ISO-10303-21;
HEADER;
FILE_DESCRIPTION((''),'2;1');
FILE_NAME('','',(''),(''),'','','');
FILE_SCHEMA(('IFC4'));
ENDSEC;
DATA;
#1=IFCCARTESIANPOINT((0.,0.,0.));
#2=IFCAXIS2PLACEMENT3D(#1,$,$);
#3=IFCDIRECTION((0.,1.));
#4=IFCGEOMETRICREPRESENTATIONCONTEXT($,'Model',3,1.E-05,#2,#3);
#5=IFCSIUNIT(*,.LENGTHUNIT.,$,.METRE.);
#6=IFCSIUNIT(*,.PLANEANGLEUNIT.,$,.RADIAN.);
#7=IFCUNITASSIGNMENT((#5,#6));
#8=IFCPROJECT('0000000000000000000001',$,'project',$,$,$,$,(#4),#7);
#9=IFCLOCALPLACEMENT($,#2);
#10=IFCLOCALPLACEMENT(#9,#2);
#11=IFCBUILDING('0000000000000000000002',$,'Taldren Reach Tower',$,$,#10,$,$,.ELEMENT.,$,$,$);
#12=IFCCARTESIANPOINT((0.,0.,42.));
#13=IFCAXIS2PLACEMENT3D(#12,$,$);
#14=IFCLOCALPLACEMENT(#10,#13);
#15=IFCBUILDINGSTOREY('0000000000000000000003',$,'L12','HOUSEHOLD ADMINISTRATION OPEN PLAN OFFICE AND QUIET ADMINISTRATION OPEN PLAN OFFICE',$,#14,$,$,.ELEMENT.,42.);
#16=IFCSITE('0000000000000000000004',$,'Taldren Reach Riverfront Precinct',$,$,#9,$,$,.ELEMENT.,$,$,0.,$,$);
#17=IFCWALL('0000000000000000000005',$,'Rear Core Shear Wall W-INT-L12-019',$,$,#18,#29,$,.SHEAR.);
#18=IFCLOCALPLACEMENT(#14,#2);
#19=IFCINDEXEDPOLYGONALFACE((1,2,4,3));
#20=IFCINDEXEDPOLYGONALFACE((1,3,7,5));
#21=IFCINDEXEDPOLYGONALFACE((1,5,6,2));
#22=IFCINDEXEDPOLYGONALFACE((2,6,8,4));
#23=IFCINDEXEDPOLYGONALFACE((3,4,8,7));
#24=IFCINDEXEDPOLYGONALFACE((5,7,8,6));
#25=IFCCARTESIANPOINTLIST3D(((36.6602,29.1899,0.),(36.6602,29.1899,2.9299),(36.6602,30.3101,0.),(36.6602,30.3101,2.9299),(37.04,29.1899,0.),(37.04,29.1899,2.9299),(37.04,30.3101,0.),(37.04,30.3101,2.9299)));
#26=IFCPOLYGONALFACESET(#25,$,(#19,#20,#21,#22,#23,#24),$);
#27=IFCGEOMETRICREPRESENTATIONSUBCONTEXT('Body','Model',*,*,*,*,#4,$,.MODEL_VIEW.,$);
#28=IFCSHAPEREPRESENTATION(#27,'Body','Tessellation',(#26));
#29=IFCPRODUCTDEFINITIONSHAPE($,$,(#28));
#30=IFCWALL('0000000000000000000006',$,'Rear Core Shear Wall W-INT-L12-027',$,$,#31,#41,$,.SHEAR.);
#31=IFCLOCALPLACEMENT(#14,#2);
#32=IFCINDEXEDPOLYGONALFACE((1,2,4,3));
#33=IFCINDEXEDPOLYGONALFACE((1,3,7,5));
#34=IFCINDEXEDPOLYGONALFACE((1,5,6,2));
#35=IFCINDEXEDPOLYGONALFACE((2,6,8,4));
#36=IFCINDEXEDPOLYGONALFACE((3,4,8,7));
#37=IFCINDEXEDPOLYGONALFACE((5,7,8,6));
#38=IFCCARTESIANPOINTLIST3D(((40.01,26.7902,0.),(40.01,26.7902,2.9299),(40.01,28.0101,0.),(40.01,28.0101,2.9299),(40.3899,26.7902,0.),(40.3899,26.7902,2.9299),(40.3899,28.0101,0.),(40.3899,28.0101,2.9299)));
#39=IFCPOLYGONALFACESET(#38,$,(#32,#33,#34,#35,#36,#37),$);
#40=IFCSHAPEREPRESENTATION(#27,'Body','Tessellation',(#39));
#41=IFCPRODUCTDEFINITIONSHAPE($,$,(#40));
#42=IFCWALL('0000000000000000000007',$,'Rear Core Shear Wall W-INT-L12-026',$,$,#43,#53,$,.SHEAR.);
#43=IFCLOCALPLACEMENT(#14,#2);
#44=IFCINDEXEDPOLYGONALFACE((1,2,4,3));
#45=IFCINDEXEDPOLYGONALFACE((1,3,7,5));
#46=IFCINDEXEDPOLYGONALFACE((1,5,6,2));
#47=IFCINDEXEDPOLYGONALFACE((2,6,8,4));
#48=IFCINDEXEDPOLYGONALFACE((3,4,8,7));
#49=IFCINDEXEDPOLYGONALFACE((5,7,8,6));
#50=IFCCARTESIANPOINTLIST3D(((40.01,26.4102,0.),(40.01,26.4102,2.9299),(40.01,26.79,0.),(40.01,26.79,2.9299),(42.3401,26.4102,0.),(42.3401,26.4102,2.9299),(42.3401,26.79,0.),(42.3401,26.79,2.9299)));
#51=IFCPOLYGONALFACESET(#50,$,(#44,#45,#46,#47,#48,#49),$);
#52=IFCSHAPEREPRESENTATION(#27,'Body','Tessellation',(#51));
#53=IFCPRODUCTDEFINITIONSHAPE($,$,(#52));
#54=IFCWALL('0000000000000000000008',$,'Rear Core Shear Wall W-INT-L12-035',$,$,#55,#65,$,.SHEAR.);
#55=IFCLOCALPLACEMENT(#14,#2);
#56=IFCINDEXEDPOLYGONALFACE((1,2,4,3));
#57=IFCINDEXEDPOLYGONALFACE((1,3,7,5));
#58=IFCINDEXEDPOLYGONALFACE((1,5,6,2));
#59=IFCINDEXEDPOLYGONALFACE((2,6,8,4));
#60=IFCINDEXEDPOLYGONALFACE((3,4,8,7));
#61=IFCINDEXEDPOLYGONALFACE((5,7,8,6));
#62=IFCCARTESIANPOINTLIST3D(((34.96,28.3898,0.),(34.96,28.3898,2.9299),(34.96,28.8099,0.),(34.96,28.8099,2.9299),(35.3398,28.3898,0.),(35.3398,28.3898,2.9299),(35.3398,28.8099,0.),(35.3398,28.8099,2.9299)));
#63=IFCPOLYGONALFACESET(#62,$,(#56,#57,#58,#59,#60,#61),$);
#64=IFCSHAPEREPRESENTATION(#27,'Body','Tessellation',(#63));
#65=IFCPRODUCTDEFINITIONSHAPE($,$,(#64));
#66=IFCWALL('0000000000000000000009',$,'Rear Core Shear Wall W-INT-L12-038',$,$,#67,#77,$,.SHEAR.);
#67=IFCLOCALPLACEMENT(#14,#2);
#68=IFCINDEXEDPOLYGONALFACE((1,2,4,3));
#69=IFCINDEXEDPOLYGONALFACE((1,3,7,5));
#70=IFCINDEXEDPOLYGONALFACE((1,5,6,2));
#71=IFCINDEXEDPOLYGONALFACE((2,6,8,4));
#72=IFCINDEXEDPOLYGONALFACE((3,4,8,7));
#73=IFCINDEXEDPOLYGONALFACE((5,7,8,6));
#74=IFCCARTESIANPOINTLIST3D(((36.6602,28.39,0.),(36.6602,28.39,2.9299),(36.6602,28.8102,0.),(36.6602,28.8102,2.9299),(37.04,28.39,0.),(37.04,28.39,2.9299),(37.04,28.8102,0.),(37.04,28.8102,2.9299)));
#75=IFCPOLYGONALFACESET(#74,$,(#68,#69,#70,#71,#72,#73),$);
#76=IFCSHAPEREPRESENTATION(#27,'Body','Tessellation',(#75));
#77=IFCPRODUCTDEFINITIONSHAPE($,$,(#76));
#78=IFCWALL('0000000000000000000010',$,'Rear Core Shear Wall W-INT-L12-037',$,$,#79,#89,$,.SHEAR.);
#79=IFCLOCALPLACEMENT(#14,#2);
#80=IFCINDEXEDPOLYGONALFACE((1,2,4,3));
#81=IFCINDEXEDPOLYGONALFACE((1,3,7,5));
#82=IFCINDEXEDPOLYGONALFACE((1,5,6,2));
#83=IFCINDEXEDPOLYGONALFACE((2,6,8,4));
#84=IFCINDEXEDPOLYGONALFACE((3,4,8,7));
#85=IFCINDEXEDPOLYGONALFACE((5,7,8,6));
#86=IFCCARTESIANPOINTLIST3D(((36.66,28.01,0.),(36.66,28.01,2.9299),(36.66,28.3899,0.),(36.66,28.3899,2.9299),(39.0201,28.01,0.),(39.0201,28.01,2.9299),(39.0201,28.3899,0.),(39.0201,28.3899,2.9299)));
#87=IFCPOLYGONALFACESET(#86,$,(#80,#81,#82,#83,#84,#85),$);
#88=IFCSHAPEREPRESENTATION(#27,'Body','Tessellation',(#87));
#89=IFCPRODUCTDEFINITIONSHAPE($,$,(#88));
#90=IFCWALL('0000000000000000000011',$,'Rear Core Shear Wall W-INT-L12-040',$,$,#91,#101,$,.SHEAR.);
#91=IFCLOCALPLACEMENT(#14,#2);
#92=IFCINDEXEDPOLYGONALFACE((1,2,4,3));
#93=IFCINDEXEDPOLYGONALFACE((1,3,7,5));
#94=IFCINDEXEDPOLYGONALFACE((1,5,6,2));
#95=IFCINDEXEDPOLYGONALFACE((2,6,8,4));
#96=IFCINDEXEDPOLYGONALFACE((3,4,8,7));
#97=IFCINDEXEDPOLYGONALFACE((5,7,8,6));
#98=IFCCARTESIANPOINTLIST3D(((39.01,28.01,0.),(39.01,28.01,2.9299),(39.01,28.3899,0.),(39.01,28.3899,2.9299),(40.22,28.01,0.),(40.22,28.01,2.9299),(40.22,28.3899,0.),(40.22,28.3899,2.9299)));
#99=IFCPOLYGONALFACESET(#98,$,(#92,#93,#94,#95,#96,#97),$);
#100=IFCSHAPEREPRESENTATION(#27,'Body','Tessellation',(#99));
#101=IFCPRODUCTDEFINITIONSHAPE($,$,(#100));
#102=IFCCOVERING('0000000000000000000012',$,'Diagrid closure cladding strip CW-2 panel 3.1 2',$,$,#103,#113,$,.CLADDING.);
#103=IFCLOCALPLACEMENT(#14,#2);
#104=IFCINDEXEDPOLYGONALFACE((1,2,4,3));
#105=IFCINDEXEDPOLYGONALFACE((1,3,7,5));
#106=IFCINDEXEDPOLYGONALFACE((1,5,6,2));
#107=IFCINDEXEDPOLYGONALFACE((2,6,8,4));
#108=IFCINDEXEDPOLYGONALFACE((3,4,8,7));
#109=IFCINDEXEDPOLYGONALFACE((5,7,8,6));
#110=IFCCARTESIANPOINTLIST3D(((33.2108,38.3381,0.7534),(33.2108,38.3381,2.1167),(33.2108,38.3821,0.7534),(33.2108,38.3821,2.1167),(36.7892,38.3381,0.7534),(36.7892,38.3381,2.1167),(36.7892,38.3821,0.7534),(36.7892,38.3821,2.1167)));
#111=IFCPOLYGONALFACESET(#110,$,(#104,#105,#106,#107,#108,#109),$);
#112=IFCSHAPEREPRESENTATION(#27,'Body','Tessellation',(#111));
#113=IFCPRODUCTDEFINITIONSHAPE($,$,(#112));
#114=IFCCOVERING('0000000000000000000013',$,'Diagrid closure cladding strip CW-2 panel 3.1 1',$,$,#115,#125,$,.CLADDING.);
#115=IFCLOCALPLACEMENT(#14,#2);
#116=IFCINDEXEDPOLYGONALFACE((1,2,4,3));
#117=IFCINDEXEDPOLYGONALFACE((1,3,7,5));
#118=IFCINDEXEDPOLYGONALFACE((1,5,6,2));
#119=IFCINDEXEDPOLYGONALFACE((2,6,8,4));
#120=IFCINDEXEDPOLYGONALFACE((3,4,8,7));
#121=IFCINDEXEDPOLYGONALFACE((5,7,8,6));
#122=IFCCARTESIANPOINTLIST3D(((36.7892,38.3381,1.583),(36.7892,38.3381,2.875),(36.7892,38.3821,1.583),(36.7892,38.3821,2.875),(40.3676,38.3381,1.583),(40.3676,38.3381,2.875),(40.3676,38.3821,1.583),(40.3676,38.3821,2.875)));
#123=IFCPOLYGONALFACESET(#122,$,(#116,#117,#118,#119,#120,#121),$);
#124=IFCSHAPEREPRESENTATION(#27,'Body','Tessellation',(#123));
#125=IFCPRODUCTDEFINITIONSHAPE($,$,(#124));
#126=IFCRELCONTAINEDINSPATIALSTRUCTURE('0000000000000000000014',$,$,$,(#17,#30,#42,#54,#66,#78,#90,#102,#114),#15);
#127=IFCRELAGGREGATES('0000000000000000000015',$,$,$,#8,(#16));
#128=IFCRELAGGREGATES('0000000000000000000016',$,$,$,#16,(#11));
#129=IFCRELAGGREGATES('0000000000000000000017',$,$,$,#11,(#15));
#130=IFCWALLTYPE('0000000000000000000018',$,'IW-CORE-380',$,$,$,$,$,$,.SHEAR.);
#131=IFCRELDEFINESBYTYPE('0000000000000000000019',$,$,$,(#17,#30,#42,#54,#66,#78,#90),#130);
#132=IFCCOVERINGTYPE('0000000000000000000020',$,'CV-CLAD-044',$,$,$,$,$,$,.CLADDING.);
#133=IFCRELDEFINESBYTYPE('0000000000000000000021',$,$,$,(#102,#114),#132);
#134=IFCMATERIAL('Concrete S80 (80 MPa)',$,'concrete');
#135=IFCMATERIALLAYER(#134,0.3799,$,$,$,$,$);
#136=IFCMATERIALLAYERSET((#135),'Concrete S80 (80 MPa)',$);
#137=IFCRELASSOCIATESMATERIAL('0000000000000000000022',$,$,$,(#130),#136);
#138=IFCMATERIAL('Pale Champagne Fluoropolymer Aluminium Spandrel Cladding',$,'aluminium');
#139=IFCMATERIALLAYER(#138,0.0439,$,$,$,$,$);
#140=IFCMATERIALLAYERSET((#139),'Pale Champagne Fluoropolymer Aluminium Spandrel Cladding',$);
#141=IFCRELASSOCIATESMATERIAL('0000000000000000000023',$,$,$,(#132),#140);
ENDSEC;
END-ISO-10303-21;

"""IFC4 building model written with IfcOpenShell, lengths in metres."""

from ifc_helpers import new_model, si_unit, direction, frame, frame_2d, origin, origin_2d, place, context, subcontext, project, spatial, rectangle, extrude, source, transform, mapped, material, layer, layer_set, type_object, element, save


model = new_model("IFC4")

# Units and contexts
model_context = context("Model", 3, precision=1e-05, world=origin(), true_north=direction((0.0, 1.0)))
body_context = subcontext(model_context, "Body", "Model", "MODEL_VIEW")
ifc_project = project(units=[si_unit("LENGTHUNIT", "METRE"), si_unit("PLANEANGLEUNIT", "RADIAN")], contexts=[model_context])

# Site, building, storey
site_placement = place(None, origin())
site = spatial("IfcSite", under=ifc_project, at=site_placement, Name="Taldren Reach Riverfront Precinct", CompositionType="ELEMENT", RefElevation=0.0)
building_placement = place(site_placement, origin())
building = spatial("IfcBuilding", under=site, at=building_placement, Name="Taldren Reach Tower", CompositionType="ELEMENT")
storey_placement = place(building_placement, frame((0.0, 0.0, 42.0)))
storey = spatial("IfcBuildingStorey", under=building, at=storey_placement, Name="L12", Description="HOUSEHOLD ADMINISTRATION OPEN PLAN OFFICE AND QUIET ADMINISTRATION OPEN PLAN OFFICE", CompositionType="ELEMENT", Elevation=42.0)

# Walls
ifc_material_1 = material(Name="Concrete S80 (80 MPa)", Category="concrete")
ifc_layer_1 = layer(ifc_material_1, 0.3799)
ifc_layer_set_1 = layer_set([ifc_layer_1], Name="Concrete S80 (80 MPa)")
wall_type_1 = type_object("IfcWallType", Name="IW-CORE-380", PredefinedType="SHEAR", material=ifc_layer_set_1)
shared_shape_1 = source(origin(), body_context, "Body", "SweptSolid", [
    extrude(rectangle(XDim=1.1201, YDim=0.3799, at=frame_2d((0.5601, 0.0))), origin(), (0.0, 0.0, 1.0), 2.9299),
])
for number, where, z_axis, x_axis, name in (
    (1, (36.8501, 29.1899, 0.0), (0.0, 0.0, 1.0), (0.0, 1.0, 0.0), "Rear Core Shear Wall W-INT-L12-019"),
):
    element("IfcWall", number, at=place(storey_placement, frame(where, z_axis=z_axis, x_axis=x_axis)), inside=storey, type_object=wall_type_1, Name=name, PredefinedType="SHEAR", context=body_context, shape_type="MappedRepresentation", body=[
        mapped(shared_shape_1, transform((0.0, 0.0, 0.0), scale=1.0)),
    ])
shared_shape_2 = source(origin(), body_context, "Body", "SweptSolid", [
    extrude(rectangle(XDim=1.22, YDim=0.3799, at=frame_2d((0.6099, 0.0))), origin(), (0.0, 0.0, 1.0), 2.9299),
])
wall_1_placement = place(storey_placement, frame((40.2, 28.01, 0.0), z_axis=(0.0, 0.0, 1.0), x_axis=(0.0, -1.0, 0.0)))
element("IfcWall", 2, at=wall_1_placement, inside=storey, type_object=wall_type_1, Name="Rear Core Shear Wall W-INT-L12-027", PredefinedType="SHEAR", context=body_context, shape_type="MappedRepresentation", body=[
    mapped(shared_shape_2, transform((0.0, 0.0, 0.0), scale=1.0)),
])
shared_shape_3 = source(origin(), body_context, "Body", "SweptSolid", [
    extrude(rectangle(XDim=2.3301, YDim=0.3799, at=frame_2d((1.165, 0.0))), origin(), (0.0, 0.0, 1.0), 2.9299),
])
wall_2_placement = place(storey_placement, frame((40.01, 26.6001, 0.0), z_axis=(0.0, 0.0, 1.0), x_axis=(1.0, 0.0, 0.0)))
element("IfcWall", 3, at=wall_2_placement, inside=storey, type_object=wall_type_1, Name="Rear Core Shear Wall W-INT-L12-026", PredefinedType="SHEAR", context=body_context, shape_type="MappedRepresentation", body=[
    mapped(shared_shape_3, transform((0.0, 0.0, 0.0), scale=1.0)),
])
shared_shape_4 = source(origin(), body_context, "Body", "SweptSolid", [
    extrude(rectangle(XDim=0.4202, YDim=0.3799, at=frame_2d((0.21, 0.0))), origin(), (0.0, 0.0, 1.0), 2.9299),
])
for number, where, z_axis, x_axis, name in (
    (4, (35.1499, 28.3899, 0.0), (0.0, 0.0, 1.0), (0.0, 1.0, 0.0), "Rear Core Shear Wall W-INT-L12-035"),
    (5, (36.8501, 28.8101, 0.0), (0.0, 0.0, 1.0), (0.0, -1.0, 0.0), "Rear Core Shear Wall W-INT-L12-038"),
):
    element("IfcWall", number, at=place(storey_placement, frame(where, z_axis=z_axis, x_axis=x_axis)), inside=storey, type_object=wall_type_1, Name=name, PredefinedType="SHEAR", context=body_context, shape_type="MappedRepresentation", body=[
        mapped(shared_shape_4, transform((0.0, 0.0, 0.0), scale=1.0)),
    ])
shared_shape_5 = source(origin(), body_context, "Body", "SweptSolid", [
    extrude(rectangle(XDim=2.3601, YDim=0.3799, at=frame_2d((1.1802, 0.0))), origin(), (0.0, 0.0, 1.0), 2.9299),
])
wall_3_placement = place(storey_placement, frame((36.6599, 28.2, 0.0), z_axis=(0.0, 0.0, 1.0), x_axis=(1.0, 0.0, 0.0)))
element("IfcWall", 6, at=wall_3_placement, inside=storey, type_object=wall_type_1, Name="Rear Core Shear Wall W-INT-L12-037", PredefinedType="SHEAR", context=body_context, shape_type="MappedRepresentation", body=[
    mapped(shared_shape_5, transform((0.0, 0.0, 0.0), scale=1.0)),
])
shared_shape_6 = source(origin(), body_context, "Body", "SweptSolid", [
    extrude(rectangle(XDim=1.21, YDim=0.3799, at=frame_2d((0.605, 0.0))), origin(), (0.0, 0.0, 1.0), 2.9299),
])
wall_4_placement = place(storey_placement, frame((39.01, 28.2, 0.0), z_axis=(0.0, 0.0, 1.0), x_axis=(1.0, 0.0, 0.0)))
element("IfcWall", 7, at=wall_4_placement, inside=storey, type_object=wall_type_1, Name="Rear Core Shear Wall W-INT-L12-040", PredefinedType="SHEAR", context=body_context, shape_type="MappedRepresentation", body=[
    mapped(shared_shape_6, transform((0.0, 0.0, 0.0), scale=1.0)),
])

# Coverings
ifc_material_2 = material(Name="Pale Champagne Fluoropolymer Aluminium Spandrel Cladding", Category="aluminium")
ifc_layer_2 = layer(ifc_material_2, 0.0439)
ifc_layer_set_2 = layer_set([ifc_layer_2], Name="Pale Champagne Fluoropolymer Aluminium Spandrel Cladding")
covering_type = type_object("IfcCoveringType", Name="CV-CLAD-044", PredefinedType="CLADDING", material=ifc_layer_set_2)
shared_shape_7 = source(origin(), body_context, "Body", "SweptSolid", [
    extrude(rectangle(XDim=3.5784, YDim=0.0439, at=origin_2d()), origin(), (0.0, 0.0, 1.0), 1.3633),
])
covering_1_placement = place(storey_placement, frame((35.0, 38.3601, 0.7534), z_axis=(0.0, 0.0, 1.0), x_axis=(-1.0, 0.0, 0.0)))
element("IfcCovering", 8, at=covering_1_placement, inside=storey, type_object=covering_type, Name="Diagrid closure cladding strip CW-2 panel 3.1 2", PredefinedType="CLADDING", context=body_context, shape_type="MappedRepresentation", body=[
    mapped(shared_shape_7, transform((0.0, 0.0, 0.0), scale=1.0)),
])
shared_shape_8 = source(origin(), body_context, "Body", "SweptSolid", [
    extrude(rectangle(XDim=3.5784, YDim=0.0439, at=origin_2d()), origin(), (0.0, 0.0, 1.0), 1.292),
])
covering_2_placement = place(storey_placement, frame((38.5784, 38.3601, 1.583), z_axis=(0.0, 0.0, 1.0), x_axis=(-1.0, 0.0, 0.0)))
element("IfcCovering", 9, at=covering_2_placement, inside=storey, type_object=covering_type, Name="Diagrid closure cladding strip CW-2 panel 3.1 1", PredefinedType="CLADDING", context=body_context, shape_type="MappedRepresentation", body=[
    mapped(shared_shape_8, transform((0.0, 0.0, 0.0), scale=1.0)),
])

save(model, "model.ifc")
